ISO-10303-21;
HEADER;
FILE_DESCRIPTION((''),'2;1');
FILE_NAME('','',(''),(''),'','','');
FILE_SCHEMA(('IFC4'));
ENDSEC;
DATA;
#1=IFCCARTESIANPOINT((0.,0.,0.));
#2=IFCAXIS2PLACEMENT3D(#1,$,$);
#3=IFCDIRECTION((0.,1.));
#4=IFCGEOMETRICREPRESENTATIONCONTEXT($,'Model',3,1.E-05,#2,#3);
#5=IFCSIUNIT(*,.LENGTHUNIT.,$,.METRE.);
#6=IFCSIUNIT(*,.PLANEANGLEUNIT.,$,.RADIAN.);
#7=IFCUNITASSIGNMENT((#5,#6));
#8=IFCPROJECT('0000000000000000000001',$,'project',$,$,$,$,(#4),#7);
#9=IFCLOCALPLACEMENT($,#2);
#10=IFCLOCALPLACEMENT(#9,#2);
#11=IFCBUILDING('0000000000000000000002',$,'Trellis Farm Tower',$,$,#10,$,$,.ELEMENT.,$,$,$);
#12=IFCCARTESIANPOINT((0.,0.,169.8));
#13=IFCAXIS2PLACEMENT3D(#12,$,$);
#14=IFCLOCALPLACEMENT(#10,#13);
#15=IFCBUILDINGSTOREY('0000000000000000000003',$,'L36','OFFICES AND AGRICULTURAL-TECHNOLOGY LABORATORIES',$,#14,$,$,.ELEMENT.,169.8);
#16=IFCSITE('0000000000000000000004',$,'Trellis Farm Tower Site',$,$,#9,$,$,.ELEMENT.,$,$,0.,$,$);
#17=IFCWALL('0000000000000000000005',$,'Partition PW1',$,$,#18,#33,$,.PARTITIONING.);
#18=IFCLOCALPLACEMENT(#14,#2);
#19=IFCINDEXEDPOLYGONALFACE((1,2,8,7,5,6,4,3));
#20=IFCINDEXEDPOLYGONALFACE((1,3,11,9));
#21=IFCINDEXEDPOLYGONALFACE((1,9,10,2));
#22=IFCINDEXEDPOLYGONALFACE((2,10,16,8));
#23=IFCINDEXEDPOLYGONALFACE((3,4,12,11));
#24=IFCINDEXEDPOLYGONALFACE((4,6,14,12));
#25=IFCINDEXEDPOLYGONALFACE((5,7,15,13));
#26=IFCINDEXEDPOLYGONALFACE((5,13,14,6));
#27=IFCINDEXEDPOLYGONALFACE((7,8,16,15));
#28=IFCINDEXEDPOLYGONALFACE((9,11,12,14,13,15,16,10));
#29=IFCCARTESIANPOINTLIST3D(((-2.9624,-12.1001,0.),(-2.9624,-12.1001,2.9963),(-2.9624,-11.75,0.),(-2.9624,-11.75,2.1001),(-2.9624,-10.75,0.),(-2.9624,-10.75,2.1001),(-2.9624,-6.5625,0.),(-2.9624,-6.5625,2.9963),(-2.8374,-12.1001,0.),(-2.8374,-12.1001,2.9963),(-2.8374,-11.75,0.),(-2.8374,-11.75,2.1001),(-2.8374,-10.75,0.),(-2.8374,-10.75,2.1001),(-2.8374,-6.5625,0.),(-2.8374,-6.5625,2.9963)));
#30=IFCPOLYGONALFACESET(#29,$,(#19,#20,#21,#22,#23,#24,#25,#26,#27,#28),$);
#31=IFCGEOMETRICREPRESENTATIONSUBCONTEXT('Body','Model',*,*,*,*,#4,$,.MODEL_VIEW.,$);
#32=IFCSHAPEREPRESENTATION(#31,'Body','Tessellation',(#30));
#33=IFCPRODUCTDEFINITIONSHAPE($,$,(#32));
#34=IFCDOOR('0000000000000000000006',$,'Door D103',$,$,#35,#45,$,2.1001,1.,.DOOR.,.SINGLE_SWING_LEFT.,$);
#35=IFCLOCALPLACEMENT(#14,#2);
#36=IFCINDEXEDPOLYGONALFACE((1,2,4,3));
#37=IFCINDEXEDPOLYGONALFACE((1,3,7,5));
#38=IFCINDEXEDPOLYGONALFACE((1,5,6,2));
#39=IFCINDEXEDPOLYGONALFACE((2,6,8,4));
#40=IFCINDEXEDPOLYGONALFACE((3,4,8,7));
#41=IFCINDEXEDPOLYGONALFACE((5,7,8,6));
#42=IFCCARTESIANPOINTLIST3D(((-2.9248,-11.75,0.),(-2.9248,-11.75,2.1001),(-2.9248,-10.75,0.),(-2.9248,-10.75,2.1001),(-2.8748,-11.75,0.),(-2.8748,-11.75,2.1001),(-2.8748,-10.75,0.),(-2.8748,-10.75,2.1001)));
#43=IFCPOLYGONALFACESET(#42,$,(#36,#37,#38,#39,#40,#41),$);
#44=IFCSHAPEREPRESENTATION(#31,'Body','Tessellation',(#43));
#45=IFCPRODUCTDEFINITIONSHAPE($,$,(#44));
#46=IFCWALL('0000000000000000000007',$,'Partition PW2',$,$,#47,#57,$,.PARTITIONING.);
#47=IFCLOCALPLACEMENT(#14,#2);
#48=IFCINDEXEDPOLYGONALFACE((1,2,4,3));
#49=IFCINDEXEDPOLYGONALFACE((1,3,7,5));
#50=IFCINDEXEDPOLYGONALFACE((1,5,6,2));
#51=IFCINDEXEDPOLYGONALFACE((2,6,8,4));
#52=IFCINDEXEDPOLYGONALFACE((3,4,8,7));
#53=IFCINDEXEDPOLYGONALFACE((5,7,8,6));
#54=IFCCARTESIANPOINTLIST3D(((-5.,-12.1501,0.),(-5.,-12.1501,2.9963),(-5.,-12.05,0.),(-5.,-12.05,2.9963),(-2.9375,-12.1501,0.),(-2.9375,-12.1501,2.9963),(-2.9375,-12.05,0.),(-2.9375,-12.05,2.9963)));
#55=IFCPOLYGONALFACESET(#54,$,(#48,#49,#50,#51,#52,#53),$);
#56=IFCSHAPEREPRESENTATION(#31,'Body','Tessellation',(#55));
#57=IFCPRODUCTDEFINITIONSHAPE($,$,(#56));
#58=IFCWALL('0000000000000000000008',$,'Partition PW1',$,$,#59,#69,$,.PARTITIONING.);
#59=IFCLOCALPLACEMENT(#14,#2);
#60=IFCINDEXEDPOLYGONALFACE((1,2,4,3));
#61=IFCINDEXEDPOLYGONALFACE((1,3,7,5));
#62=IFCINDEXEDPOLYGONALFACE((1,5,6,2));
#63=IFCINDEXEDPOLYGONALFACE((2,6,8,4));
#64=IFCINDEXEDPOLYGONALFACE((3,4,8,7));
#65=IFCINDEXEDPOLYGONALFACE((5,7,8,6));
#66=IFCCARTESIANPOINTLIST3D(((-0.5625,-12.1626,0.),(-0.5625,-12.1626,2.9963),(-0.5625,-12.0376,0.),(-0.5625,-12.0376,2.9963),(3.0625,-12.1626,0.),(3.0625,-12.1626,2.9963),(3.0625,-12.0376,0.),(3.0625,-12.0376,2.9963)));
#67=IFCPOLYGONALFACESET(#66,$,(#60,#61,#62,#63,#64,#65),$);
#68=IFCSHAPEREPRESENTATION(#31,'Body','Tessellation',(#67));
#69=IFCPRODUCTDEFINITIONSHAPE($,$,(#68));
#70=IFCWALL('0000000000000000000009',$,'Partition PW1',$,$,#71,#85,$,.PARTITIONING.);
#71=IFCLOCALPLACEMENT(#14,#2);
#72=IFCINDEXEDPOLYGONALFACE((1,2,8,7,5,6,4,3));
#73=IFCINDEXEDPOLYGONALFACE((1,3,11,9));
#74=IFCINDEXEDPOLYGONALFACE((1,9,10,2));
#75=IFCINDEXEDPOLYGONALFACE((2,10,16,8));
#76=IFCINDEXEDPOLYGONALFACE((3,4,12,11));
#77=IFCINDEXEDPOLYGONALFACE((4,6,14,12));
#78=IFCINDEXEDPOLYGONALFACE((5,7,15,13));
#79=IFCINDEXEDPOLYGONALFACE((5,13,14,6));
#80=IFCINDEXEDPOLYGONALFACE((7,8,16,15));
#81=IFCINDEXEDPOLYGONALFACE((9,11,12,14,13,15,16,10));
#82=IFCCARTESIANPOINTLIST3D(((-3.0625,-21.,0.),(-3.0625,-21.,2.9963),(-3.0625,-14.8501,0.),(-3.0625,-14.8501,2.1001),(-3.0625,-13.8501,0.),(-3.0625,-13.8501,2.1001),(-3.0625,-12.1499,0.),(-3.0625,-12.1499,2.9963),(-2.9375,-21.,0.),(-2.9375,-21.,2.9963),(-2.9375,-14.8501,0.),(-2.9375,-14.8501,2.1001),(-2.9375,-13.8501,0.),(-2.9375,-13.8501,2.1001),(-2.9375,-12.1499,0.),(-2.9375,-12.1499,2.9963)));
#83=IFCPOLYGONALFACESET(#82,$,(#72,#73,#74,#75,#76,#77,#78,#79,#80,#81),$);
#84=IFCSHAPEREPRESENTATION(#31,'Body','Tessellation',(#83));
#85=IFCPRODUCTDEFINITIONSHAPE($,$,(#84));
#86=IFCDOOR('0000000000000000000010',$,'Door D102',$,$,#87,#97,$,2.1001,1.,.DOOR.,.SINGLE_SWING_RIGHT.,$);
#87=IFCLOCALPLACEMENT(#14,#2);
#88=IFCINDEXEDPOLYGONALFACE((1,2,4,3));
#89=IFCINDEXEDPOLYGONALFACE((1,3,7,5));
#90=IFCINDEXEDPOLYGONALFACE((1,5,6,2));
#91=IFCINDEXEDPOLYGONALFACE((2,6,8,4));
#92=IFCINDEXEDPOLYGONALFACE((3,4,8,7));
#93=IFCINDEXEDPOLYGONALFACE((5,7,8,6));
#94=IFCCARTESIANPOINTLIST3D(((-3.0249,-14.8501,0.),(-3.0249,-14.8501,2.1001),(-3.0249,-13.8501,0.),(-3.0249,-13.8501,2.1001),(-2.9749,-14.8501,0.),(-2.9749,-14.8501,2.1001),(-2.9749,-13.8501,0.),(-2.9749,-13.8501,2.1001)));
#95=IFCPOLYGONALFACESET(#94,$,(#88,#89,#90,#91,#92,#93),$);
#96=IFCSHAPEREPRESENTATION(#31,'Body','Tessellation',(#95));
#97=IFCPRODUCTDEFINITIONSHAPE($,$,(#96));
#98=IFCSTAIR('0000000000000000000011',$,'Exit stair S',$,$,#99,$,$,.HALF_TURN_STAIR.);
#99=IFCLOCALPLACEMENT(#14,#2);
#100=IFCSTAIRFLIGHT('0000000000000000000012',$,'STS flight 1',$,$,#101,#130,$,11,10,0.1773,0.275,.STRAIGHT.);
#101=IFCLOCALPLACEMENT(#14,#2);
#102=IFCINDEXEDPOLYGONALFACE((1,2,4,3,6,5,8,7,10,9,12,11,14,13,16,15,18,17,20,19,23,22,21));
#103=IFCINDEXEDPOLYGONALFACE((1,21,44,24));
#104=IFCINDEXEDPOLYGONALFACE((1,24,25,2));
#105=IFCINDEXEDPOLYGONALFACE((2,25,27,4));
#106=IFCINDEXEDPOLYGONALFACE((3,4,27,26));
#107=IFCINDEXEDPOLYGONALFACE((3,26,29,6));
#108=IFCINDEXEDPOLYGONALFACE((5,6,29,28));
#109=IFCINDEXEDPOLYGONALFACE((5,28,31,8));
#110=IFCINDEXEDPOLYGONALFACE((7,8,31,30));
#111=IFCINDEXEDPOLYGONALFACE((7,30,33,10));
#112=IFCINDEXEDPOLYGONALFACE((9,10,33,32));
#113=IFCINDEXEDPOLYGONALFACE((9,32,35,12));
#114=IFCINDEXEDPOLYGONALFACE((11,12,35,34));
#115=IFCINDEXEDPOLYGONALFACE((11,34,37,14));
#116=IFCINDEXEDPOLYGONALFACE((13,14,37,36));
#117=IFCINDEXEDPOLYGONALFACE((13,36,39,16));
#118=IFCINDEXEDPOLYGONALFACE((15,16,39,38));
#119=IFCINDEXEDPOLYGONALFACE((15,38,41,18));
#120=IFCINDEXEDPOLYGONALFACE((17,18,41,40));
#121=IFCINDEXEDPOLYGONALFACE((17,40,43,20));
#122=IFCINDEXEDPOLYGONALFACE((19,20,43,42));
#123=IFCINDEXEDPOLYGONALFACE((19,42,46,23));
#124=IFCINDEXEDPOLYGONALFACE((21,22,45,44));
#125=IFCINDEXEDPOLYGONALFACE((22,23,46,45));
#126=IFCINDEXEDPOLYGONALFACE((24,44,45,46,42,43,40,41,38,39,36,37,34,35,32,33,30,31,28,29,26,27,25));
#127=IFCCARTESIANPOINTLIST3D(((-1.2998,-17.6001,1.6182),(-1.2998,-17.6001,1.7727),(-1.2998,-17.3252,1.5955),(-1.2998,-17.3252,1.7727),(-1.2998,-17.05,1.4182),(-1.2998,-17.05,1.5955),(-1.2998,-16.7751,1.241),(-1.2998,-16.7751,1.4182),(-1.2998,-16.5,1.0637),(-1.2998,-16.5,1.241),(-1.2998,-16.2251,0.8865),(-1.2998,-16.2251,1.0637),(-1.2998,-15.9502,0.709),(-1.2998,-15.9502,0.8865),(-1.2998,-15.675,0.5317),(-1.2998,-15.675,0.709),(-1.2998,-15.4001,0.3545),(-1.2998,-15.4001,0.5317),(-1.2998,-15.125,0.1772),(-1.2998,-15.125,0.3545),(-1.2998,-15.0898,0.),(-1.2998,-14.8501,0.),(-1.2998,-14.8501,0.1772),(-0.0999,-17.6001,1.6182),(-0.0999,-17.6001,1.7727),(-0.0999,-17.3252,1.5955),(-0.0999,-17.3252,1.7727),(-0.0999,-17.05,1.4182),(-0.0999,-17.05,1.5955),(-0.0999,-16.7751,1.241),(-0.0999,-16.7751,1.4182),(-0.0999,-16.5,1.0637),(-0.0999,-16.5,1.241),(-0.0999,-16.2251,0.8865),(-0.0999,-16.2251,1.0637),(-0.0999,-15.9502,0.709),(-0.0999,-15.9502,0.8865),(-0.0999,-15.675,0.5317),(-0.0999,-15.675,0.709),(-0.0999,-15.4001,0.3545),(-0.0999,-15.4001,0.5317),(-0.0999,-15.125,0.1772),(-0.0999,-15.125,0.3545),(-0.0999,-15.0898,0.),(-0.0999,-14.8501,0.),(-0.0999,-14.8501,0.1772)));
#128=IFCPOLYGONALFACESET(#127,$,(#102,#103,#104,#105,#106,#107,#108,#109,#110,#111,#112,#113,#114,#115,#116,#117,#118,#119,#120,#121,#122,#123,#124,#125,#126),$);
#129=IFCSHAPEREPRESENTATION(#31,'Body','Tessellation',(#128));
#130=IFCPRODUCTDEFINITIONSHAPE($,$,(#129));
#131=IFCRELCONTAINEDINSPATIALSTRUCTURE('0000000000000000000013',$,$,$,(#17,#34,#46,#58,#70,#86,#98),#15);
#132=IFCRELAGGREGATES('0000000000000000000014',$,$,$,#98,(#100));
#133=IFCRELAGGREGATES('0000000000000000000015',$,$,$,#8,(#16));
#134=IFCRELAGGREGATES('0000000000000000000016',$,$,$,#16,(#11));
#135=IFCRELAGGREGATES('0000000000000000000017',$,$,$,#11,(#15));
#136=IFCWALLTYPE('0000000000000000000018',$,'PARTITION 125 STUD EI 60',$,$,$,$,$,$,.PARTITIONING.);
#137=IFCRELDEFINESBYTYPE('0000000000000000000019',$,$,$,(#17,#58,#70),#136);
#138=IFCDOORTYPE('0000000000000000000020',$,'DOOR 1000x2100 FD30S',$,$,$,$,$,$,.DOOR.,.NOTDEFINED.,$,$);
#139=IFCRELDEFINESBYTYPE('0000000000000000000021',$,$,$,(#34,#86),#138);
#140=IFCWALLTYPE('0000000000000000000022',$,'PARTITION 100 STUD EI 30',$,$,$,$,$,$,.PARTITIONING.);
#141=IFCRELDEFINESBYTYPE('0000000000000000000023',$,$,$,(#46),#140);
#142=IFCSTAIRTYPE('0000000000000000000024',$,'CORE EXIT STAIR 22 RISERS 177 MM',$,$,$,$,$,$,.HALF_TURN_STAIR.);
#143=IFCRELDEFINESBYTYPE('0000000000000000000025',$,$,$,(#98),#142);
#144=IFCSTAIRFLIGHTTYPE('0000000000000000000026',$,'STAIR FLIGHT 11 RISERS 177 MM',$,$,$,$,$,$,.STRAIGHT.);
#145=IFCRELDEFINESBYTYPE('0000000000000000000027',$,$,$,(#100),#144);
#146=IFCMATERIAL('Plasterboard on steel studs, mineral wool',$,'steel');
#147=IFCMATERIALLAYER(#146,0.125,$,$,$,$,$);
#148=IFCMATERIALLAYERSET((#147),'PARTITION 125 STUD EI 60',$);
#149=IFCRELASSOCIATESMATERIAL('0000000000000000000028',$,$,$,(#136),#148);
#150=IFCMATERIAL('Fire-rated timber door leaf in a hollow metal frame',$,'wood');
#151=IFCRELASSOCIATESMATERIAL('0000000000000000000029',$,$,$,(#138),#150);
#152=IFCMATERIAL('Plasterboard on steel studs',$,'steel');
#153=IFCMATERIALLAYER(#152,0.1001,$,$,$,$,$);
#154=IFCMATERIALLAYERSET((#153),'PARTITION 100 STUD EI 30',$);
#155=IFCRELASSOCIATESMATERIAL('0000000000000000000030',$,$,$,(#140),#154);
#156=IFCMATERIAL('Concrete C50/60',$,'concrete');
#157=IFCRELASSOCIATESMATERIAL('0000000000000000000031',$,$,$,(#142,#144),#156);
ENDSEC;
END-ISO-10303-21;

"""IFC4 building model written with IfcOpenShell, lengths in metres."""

from ifc_helpers import new_model, si_unit, direction, frame, frame_2d, origin, place, context, subcontext, project, spatial, polyline, rectangle, outline, extrude, source, transform, mapped, material, layer, layer_set, type_object, element, fill, aggregate, save


model = new_model("IFC4")

# Units and contexts
model_context = context("Model", 3, precision=1e-05, world=origin(), true_north=direction((0.0, 1.0)))
body_context = subcontext(model_context, "Body", "Model", "MODEL_VIEW")
ifc_project = project(units=[si_unit("LENGTHUNIT", "METRE"), si_unit("PLANEANGLEUNIT", "RADIAN")], contexts=[model_context])

# Site, building, storey
site_placement = place(None, origin())
site = spatial("IfcSite", under=ifc_project, at=site_placement, Name="Trellis Farm Tower Site", CompositionType="ELEMENT", RefElevation=0.0)
building_placement = place(site_placement, origin())
building = spatial("IfcBuilding", under=site, at=building_placement, Name="Trellis Farm Tower", CompositionType="ELEMENT")
storey_placement = place(building_placement, frame((0.0, 0.0, 169.8)))
storey = spatial("IfcBuildingStorey", under=building, at=storey_placement, Name="L36", Description="OFFICES AND AGRICULTURAL-TECHNOLOGY LABORATORIES", CompositionType="ELEMENT", Elevation=169.8)

# Shared definitions
placement = place(storey_placement, origin())

# Shared definitions
ifc_material_1 = material(Name="Plasterboard on steel studs, mineral wool", Category="steel")
ifc_layer_1 = layer(ifc_material_1, 0.125)
ifc_layer_set_1 = layer_set([ifc_layer_1], Name="PARTITION 125 STUD EI 60")
wall_type_1 = type_object("IfcWallType", Name="PARTITION 125 STUD EI 60", PredefinedType="PARTITIONING", material=ifc_layer_set_1)

# Wall, opening, door
shared_shape_1 = source(origin(), body_context, "Body", "SweptSolid", [
    extrude(rectangle(XDim=5.5376, YDim=0.125, at=frame_2d((2.7688, 0.0))), origin(), (0.0, 0.0, 1.0), 2.9963),
])
wall_1_placement = place(storey_placement, frame((-2.8999, -12.1001, 0.0), z_axis=(0.0, 0.0, 1.0), x_axis=(0.0, 1.0, 0.0)))
wall_1 = element("IfcWall", 1, at=wall_1_placement, inside=storey, type_object=wall_type_1, Name="Partition PW1", PredefinedType="PARTITIONING", context=body_context, shape_type="MappedRepresentation", body=[
    mapped(shared_shape_1, transform((0.0, 0.0, 0.0))),
])
shared_shape_2 = source(origin(), body_context, "Body", "SweptSolid", [
    extrude(rectangle(XDim=1.0, YDim=2.1001, at=frame_2d((0.5, 1.05))), frame((0.0, 0.0725, 0.0), z_axis=(0.0, -1.0, 0.0), x_axis=(1.0, 0.0, 0.0)), (0.0, 0.0, 1.0), 0.145),
])
opening_1_placement = place(wall_1_placement, frame((0.3501, 0.0, 0.0)))
opening_1 = element("IfcOpeningElement", 2, at=opening_1_placement, cuts=wall_1, PredefinedType="OPENING", context=body_context, shape_type="MappedRepresentation", body=[
    mapped(shared_shape_2, transform((0.0, 0.0, 0.0))),
])
ifc_material_2 = material(Name="Fire-rated timber door leaf in a hollow metal frame", Category="wood")
door_type = type_object("IfcDoorType", Name="DOOR 1000x2100 FD30S", OperationType="NOTDEFINED", PredefinedType="DOOR", material=ifc_material_2)
shared_shape_3 = source(origin(), body_context, "Body", "SweptSolid", [
    extrude(rectangle(XDim=1.0, YDim=2.1001, at=frame_2d((0.5, 1.05))), frame((0.0, 0.0249, 0.0), z_axis=(0.0, -1.0, 0.0), x_axis=(1.0, 0.0, 0.0)), (0.0, 0.0, 1.0), 0.05),
])
door_1_placement = place(opening_1_placement, origin())
door_1 = element("IfcDoor", 3, at=door_1_placement, inside=storey, type_object=door_type, Name="Door D103", OperationType="SINGLE_SWING_LEFT", OverallHeight=2.1001, OverallWidth=1.0, PredefinedType="DOOR", context=body_context, shape_type="MappedRepresentation", body=[
    mapped(shared_shape_3, transform((0.0, 0.0, 0.0))),
])
fill(opening_1, door_1)

# Walls
ifc_material_3 = material(Name="Plasterboard on steel studs", Category="steel")
ifc_layer_2 = layer(ifc_material_3, 0.1001)
ifc_layer_set_2 = layer_set([ifc_layer_2], Name="PARTITION 100 STUD EI 30")
wall_type_2 = type_object("IfcWallType", Name="PARTITION 100 STUD EI 30", PredefinedType="PARTITIONING", material=ifc_layer_set_2)
shared_shape_4 = source(origin(), body_context, "Body", "SweptSolid", [
    extrude(rectangle(XDim=2.0625, YDim=0.1001, at=frame_2d((1.0312, 0.0))), origin(), (0.0, 0.0, 1.0), 2.9963),
])
wall_2_placement = place(storey_placement, frame((-5.0, -12.1001, 0.0), z_axis=(0.0, 0.0, 1.0), x_axis=(1.0, 0.0, 0.0)))
element("IfcWall", 4, at=wall_2_placement, inside=storey, type_object=wall_type_2, Name="Partition PW2", PredefinedType="PARTITIONING", context=body_context, shape_type="MappedRepresentation", body=[
    mapped(shared_shape_4, transform((0.0, 0.0, 0.0))),
])
shared_shape_5 = source(origin(), body_context, "Body", "SweptSolid", [
    extrude(rectangle(XDim=3.625, YDim=0.125, at=frame_2d((1.8125, 0.0))), origin(), (0.0, 0.0, 1.0), 2.9963),
])
wall_3_placement = place(storey_placement, frame((-0.5625, -12.1001, 0.0), z_axis=(0.0, 0.0, 1.0), x_axis=(1.0, 0.0, 0.0)))
element("IfcWall", 5, at=wall_3_placement, inside=storey, type_object=wall_type_1, Name="Partition PW1", PredefinedType="PARTITIONING", context=body_context, shape_type="MappedRepresentation", body=[
    mapped(shared_shape_5, transform((0.0, 0.0, 0.0))),
])

# Wall, opening, door
shared_shape_6 = source(origin(), body_context, "Body", "SweptSolid", [
    extrude(rectangle(XDim=8.8501, YDim=0.125, at=frame_2d((4.425, 0.0))), origin(), (0.0, 0.0, 1.0), 2.9963),
])
wall_4_placement = place(storey_placement, frame((-3.0, -21.0, 0.0), z_axis=(0.0, 0.0, 1.0), x_axis=(0.0, 1.0, 0.0)))
wall_4 = element("IfcWall", 6, at=wall_4_placement, inside=storey, type_object=wall_type_1, Name="Partition PW1", PredefinedType="PARTITIONING", context=body_context, shape_type="MappedRepresentation", body=[
    mapped(shared_shape_6, transform((0.0, 0.0, 0.0))),
])
opening_2_placement = place(wall_4_placement, frame((6.1499, 0.0, 0.0)))
opening_2 = element("IfcOpeningElement", 7, at=opening_2_placement, cuts=wall_4, PredefinedType="OPENING", context=body_context, shape_type="MappedRepresentation", body=[
    mapped(shared_shape_2, transform((0.0, 0.0, 0.0))),
])
door_2_placement = place(opening_2_placement, origin())
door_2 = element("IfcDoor", 8, at=door_2_placement, inside=storey, type_object=door_type, Name="Door D102", OperationType="SINGLE_SWING_RIGHT", OverallHeight=2.1001, OverallWidth=1.0, PredefinedType="DOOR", context=body_context, shape_type="MappedRepresentation", body=[
    mapped(shared_shape_3, transform((0.0, 0.0, 0.0))),
])
fill(opening_2, door_2)

# Stair, stair flight
ifc_material_4 = material(Name="Concrete C50/60", Category="concrete")
stair_type = type_object("IfcStairType", Name="CORE EXIT STAIR 22 RISERS 177 MM", PredefinedType="HALF_TURN_STAIR", material=ifc_material_4)
stair = element("IfcStair", 9, at=placement, inside=storey, type_object=stair_type, Name="Exit stair S", PredefinedType="HALF_TURN_STAIR")
stair_flight_type = type_object("IfcStairFlightType", Name="STAIR FLIGHT 11 RISERS 177 MM", PredefinedType="STRAIGHT", material=ifc_material_4)
shared_shape_7 = source(origin(), body_context, "Body", "SweptSolid", [
    extrude(outline(polyline([(0.0, 0.0), (0.0, 0.1772), (0.2749, 0.1772), (0.2749, 0.3545), (0.55, 0.3545), (0.55, 0.5317), (0.825, 0.5317), (0.825, 0.709), (1.1001, 0.709), (1.1001, 0.8865), (1.375, 0.8865), (1.375, 1.0637), (1.6499, 1.0637), (1.6499, 1.241), (1.925, 1.241), (1.925, 1.4182), (2.2, 1.4182), (2.2, 1.5955), (2.4751, 1.5955), (2.4751, 1.7727), (2.75, 1.7727), (2.75, 1.95), (2.75, 1.6182), (0.2397, 0.0), (0.0, 0.0)])), frame((0.0, 0.6001, 0.0), z_axis=(0.0, -1.0, 0.0), x_axis=(1.0, 0.0, 0.0)), (0.0, 0.0, 1.0), 1.2),
])
stair_flight_placement = place(storey_placement, frame((-0.7, -14.8501, 0.0), z_axis=(0.0, 0.0, 1.0), x_axis=(0.0, -1.0, 0.0)))
stair_flight = element("IfcStairFlight", 10, at=stair_flight_placement, type_object=stair_flight_type, Name="STS flight 1", NumberOfRisers=11, NumberOfTreads=10, PredefinedType="STRAIGHT", RiserHeight=0.1773, TreadLength=0.275, context=body_context, shape_type="MappedRepresentation", body=[
    mapped(shared_shape_7, transform((0.0, 0.0, 0.0))),
])
aggregate(stair, [stair_flight])

save(model, "model.ifc")
